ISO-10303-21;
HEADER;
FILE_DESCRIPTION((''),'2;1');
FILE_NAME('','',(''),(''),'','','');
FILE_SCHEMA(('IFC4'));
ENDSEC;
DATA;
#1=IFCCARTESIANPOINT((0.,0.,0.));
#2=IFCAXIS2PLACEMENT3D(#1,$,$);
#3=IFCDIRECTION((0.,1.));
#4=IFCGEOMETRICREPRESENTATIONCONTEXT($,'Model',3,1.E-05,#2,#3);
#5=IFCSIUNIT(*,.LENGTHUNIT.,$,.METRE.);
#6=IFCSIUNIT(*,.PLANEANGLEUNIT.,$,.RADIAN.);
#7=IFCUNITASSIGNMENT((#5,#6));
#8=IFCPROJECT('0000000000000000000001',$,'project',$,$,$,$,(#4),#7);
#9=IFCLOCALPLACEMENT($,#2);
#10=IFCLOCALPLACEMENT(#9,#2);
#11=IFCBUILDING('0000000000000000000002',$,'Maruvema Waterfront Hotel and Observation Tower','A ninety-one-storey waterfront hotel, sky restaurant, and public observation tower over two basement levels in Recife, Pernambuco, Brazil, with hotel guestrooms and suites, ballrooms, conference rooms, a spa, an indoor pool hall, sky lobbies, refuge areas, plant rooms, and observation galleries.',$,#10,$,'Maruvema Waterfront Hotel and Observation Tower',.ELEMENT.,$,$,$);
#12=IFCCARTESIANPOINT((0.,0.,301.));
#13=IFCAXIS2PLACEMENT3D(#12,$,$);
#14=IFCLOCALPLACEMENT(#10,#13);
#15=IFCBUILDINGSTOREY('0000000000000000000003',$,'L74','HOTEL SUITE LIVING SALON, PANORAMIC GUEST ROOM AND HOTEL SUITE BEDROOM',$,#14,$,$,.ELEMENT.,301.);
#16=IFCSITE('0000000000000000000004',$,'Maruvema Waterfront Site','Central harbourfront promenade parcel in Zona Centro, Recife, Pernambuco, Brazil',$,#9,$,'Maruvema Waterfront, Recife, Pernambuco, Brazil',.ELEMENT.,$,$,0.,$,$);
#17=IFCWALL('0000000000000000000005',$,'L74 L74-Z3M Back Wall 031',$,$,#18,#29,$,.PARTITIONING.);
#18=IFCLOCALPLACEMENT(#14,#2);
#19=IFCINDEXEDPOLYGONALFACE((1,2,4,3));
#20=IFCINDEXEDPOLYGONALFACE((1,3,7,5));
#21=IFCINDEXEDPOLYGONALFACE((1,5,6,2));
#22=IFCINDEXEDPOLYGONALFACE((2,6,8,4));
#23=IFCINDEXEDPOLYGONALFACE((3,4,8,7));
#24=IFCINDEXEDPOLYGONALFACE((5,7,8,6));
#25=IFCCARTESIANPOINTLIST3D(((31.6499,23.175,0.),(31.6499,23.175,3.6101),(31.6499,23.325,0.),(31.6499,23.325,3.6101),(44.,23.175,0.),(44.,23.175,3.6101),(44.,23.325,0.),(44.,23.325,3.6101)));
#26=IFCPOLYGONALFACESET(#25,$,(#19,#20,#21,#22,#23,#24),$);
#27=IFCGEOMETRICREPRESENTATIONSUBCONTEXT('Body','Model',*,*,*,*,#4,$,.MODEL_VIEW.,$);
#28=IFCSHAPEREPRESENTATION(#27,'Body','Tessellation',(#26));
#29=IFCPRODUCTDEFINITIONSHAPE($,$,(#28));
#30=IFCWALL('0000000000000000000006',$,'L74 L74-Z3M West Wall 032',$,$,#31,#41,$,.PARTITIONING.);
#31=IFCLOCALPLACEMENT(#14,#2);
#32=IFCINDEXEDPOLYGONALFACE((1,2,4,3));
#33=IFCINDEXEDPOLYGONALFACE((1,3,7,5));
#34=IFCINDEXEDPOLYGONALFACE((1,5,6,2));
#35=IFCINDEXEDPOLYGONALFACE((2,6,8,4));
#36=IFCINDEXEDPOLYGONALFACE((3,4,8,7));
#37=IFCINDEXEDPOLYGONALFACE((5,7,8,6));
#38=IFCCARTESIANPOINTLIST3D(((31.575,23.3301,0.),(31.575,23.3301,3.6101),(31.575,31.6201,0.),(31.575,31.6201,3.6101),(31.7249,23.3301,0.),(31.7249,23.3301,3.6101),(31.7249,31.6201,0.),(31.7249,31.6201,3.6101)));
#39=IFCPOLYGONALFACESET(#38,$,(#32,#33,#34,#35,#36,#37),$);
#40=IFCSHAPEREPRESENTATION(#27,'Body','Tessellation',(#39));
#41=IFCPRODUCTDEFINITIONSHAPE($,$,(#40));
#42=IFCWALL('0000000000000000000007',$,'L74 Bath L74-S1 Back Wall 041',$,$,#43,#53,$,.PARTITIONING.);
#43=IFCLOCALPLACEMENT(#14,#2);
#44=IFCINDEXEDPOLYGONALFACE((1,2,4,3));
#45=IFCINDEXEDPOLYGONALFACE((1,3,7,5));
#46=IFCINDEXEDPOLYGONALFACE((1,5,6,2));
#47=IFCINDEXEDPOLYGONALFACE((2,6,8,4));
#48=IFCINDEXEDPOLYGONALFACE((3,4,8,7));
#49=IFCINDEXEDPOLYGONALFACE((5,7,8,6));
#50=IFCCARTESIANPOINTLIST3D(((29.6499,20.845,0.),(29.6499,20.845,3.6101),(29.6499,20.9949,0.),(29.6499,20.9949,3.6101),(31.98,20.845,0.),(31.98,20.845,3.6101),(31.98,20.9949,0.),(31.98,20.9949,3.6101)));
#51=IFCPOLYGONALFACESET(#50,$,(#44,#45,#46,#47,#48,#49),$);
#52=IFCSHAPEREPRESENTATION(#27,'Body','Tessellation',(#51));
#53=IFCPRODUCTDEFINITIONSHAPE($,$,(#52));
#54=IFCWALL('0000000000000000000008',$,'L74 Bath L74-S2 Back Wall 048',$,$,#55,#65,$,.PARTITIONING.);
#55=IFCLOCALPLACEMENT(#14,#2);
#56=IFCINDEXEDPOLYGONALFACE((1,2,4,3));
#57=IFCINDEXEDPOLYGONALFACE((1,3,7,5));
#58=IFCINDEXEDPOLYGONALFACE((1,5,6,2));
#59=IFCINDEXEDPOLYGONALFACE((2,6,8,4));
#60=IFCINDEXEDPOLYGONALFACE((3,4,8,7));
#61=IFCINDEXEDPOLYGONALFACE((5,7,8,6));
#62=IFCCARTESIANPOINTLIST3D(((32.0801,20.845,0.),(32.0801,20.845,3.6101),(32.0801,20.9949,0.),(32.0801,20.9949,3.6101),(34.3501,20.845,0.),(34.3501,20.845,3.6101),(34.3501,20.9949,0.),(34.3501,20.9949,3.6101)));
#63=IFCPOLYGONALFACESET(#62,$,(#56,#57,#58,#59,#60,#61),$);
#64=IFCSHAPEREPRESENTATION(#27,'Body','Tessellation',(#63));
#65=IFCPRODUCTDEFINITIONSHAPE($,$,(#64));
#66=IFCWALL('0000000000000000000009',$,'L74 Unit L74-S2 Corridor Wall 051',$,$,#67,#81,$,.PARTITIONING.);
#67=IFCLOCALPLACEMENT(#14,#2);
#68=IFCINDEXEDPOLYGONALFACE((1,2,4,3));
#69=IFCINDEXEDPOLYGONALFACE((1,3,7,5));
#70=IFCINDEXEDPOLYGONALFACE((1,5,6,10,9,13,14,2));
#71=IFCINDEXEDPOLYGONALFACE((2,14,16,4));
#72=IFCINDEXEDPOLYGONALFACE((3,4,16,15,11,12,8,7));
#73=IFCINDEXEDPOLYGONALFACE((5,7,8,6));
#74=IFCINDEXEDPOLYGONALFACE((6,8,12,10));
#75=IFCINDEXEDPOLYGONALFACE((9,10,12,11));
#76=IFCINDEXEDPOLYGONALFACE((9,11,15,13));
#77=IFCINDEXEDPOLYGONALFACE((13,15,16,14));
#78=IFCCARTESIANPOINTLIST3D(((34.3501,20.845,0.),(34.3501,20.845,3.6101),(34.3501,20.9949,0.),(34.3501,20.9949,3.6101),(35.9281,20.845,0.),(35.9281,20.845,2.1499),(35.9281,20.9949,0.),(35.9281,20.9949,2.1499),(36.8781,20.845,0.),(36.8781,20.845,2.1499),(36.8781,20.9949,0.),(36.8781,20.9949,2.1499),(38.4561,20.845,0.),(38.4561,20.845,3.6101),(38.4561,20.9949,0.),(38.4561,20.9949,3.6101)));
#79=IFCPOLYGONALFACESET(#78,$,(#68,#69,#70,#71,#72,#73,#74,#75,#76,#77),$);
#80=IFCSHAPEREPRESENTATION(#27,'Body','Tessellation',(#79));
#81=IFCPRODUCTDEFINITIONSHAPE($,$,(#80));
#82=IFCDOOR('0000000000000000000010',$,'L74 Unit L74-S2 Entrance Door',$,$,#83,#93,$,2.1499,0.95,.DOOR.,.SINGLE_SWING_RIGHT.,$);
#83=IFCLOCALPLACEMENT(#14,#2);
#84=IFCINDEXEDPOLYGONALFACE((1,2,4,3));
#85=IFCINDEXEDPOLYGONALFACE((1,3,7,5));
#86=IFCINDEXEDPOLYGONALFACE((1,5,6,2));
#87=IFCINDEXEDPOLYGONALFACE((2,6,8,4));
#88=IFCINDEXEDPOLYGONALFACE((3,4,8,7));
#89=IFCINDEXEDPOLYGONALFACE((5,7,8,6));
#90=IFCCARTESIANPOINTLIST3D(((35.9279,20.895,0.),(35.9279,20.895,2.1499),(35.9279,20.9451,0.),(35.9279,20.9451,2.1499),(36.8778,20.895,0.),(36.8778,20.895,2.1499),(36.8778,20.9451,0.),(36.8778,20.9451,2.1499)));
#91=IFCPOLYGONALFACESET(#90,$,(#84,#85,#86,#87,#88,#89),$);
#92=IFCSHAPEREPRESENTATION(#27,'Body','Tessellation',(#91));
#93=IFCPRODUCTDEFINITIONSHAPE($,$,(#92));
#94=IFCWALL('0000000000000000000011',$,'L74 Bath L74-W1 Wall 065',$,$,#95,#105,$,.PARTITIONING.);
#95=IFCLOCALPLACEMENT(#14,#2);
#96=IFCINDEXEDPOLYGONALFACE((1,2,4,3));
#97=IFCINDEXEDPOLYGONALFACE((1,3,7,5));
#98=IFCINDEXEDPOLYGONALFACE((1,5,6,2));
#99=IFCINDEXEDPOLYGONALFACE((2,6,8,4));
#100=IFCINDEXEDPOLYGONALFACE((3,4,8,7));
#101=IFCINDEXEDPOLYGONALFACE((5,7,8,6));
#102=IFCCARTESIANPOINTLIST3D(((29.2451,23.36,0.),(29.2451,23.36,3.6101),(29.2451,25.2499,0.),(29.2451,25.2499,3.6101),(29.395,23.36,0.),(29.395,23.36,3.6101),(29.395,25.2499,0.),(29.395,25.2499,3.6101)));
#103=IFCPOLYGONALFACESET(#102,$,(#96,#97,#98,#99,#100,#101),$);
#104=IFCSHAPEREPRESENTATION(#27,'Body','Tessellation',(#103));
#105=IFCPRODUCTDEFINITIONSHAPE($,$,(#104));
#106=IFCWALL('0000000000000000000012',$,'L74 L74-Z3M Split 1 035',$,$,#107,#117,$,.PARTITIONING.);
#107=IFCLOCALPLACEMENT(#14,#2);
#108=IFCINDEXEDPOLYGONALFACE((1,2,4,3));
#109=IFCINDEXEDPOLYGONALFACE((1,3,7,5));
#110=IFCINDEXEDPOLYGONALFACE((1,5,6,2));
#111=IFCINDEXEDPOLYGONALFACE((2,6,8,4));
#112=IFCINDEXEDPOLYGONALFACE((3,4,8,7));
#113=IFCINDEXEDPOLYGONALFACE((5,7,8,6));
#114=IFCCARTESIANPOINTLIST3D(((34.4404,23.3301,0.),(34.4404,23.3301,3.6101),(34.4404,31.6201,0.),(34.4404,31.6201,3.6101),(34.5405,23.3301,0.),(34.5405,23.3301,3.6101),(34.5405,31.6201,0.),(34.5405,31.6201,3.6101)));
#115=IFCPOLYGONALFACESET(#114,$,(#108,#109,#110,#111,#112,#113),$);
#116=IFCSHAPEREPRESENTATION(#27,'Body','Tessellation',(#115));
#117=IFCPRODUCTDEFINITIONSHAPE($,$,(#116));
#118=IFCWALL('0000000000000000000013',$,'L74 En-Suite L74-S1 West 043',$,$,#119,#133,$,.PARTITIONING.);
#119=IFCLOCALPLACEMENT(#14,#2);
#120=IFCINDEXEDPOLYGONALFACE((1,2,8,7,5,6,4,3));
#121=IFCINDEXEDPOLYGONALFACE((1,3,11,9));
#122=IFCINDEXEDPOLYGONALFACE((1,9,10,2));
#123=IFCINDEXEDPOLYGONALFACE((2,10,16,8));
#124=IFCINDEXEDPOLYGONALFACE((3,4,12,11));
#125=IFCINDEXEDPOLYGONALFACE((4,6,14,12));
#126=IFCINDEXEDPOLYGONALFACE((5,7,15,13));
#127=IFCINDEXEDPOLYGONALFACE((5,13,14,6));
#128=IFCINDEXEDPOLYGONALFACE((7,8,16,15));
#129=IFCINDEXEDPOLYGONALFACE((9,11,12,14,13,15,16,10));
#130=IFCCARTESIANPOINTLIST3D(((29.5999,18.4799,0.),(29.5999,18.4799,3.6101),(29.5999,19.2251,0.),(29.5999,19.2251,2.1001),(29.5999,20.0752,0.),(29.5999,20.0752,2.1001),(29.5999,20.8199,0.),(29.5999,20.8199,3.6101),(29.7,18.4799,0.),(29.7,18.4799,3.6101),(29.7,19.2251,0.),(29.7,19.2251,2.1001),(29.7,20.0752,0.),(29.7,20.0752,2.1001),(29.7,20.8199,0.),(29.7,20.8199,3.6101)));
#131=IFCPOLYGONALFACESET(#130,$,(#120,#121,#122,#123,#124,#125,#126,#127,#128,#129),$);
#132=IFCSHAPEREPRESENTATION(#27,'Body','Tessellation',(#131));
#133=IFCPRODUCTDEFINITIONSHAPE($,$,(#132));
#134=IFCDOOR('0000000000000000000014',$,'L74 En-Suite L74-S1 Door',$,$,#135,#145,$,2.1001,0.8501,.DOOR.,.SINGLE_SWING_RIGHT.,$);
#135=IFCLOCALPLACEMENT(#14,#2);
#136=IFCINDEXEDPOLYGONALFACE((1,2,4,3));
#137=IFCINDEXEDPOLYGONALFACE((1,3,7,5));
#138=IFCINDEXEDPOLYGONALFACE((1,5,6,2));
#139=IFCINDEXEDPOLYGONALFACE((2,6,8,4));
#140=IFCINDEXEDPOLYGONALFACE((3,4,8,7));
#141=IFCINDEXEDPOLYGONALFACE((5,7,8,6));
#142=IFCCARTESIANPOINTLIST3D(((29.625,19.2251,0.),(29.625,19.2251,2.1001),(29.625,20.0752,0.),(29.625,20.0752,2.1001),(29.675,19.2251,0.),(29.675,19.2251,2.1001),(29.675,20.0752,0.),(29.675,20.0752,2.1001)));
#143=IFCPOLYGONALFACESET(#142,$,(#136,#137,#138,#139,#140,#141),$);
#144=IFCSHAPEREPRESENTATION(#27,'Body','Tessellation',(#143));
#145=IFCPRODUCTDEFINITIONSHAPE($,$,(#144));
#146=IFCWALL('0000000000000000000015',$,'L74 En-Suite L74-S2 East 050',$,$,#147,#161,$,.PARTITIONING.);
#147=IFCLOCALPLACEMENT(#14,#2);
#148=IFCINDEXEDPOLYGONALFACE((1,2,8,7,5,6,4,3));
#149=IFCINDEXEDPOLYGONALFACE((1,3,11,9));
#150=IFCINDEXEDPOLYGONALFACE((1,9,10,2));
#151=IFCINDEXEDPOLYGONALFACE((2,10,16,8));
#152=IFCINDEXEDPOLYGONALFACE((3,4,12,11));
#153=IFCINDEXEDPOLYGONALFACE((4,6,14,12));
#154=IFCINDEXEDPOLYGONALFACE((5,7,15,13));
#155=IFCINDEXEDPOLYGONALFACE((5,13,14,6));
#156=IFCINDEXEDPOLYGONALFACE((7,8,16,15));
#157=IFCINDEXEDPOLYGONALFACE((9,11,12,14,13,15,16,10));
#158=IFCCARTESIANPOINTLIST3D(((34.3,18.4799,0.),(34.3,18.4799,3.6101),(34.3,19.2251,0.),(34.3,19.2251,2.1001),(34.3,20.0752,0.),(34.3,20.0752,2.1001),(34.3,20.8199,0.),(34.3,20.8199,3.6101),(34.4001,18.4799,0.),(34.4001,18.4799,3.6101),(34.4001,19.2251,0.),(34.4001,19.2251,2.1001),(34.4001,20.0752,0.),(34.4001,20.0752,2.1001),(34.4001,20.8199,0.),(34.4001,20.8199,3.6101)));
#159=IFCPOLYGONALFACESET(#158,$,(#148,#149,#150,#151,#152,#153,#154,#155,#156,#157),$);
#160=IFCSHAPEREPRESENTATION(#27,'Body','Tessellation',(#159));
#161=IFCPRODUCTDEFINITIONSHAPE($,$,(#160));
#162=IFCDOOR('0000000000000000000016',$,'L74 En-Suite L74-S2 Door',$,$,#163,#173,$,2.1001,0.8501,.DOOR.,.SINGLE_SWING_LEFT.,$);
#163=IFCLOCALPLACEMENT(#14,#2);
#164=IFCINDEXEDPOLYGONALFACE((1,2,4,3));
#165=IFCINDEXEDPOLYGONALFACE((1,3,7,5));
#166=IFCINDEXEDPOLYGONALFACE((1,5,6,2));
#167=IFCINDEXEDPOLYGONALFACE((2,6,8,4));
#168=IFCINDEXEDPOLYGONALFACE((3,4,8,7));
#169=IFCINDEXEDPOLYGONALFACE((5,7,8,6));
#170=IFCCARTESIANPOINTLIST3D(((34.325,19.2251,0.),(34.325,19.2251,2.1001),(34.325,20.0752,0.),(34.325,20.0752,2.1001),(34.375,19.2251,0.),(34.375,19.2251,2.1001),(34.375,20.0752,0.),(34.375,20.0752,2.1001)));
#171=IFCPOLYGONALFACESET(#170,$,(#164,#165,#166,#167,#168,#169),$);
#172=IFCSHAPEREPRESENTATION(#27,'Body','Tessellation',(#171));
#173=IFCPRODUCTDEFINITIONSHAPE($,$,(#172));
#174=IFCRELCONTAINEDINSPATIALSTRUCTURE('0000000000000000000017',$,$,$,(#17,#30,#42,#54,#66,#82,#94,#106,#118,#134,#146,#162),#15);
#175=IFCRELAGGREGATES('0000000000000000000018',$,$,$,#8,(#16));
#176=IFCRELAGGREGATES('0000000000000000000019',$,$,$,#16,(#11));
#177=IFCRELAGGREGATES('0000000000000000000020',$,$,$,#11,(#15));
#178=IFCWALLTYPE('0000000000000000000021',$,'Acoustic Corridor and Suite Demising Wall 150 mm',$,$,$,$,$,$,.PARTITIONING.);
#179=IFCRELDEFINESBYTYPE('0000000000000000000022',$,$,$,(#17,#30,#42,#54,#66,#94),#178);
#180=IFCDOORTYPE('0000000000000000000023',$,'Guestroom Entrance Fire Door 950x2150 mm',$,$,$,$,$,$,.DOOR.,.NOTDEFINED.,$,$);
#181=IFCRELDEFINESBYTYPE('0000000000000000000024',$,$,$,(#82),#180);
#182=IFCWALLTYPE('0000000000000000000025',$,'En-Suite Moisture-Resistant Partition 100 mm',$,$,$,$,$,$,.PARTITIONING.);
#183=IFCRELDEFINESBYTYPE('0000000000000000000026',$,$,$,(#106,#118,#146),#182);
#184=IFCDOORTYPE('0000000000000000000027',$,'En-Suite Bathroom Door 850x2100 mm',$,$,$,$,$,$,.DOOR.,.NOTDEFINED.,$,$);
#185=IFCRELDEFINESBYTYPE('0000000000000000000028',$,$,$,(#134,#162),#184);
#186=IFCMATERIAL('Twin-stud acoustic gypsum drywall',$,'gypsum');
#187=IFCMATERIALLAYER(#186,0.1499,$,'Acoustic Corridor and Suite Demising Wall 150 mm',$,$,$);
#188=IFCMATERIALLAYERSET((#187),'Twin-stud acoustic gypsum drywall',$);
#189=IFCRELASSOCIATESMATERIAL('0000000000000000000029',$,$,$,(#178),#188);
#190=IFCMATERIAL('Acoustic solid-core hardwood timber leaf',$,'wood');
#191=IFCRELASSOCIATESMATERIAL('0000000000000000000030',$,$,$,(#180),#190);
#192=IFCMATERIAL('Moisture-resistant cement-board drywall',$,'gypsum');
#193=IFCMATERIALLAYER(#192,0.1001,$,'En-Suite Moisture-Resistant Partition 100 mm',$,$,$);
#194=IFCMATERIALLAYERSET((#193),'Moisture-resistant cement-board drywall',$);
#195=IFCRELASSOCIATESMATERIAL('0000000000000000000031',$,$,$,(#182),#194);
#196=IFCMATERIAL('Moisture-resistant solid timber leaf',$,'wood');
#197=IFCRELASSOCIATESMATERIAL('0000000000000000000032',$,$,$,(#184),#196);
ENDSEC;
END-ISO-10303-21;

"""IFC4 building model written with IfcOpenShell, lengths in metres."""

from ifc_helpers import new_model, si_unit, direction, frame, frame_2d, origin, place, context, subcontext, project, spatial, rectangle, extrude, material, layer, layer_set, type_object, element, fill, save


model = new_model("IFC4")

# Units and contexts
model_context = context("Model", 3, precision=1e-05, world=origin(), true_north=direction((0.0, 1.0)))
body_context = subcontext(model_context, "Body", "Model", "MODEL_VIEW")
ifc_project = project(units=[si_unit("LENGTHUNIT", "METRE"), si_unit("PLANEANGLEUNIT", "RADIAN")], contexts=[model_context])

# Site, building, storey
site_placement = place(None, origin())
site = spatial("IfcSite", under=ifc_project, at=site_placement, Name="Maruvema Waterfront Site", Description="Central harbourfront promenade parcel in Zona Centro, Recife, Pernambuco, Brazil", LongName="Maruvema Waterfront, Recife, Pernambuco, Brazil", CompositionType="ELEMENT", RefElevation=0.0)
building_placement = place(site_placement, origin())
building = spatial("IfcBuilding", under=site, at=building_placement, Name="Maruvema Waterfront Hotel and Observation Tower", Description="A ninety-one-storey waterfront hotel, sky restaurant, and public observation tower over two basement levels in Recife, Pernambuco, Brazil, with hotel guestrooms and suites, ballrooms, conference rooms, a spa, an indoor pool hall, sky lobbies, refuge areas, plant rooms, and observation galleries.", LongName="Maruvema Waterfront Hotel and Observation Tower", CompositionType="ELEMENT")
storey_placement = place(building_placement, frame((0.0, 0.0, 301.0)))
storey = spatial("IfcBuildingStorey", under=building, at=storey_placement, Name="L74", Description="HOTEL SUITE LIVING SALON, PANORAMIC GUEST ROOM AND HOTEL SUITE BEDROOM", CompositionType="ELEMENT", Elevation=301.0)

# Walls
ifc_material_1 = material(Name="Twin-stud acoustic gypsum drywall", Category="gypsum")
ifc_layer_1 = layer(ifc_material_1, 0.1499, Name="Acoustic Corridor and Suite Demising Wall 150 mm")
ifc_layer_set_1 = layer_set([ifc_layer_1], Name="Twin-stud acoustic gypsum drywall")
wall_type_1 = type_object("IfcWallType", Name="Acoustic Corridor and Suite Demising Wall 150 mm", PredefinedType="PARTITIONING", material=ifc_layer_set_1)
wall_1_placement = place(storey_placement, frame((31.6499, 23.25, 0.0), z_axis=(0.0, 0.0, 1.0), x_axis=(1.0, 0.0, 0.0)))
element("IfcWall", 1, at=wall_1_placement, inside=storey, type_object=wall_type_1, Name="L74 L74-Z3M Back Wall 031", PredefinedType="PARTITIONING", context=body_context, shape_type="SweptSolid", body=[
    extrude(rectangle(XDim=12.3501, YDim=0.1499, at=frame_2d((6.175, 0.0))), origin(), (0.0, 0.0, 1.0), 3.6101),
])
wall_2_placement = place(storey_placement, frame((31.6499, 23.3301, 0.0), z_axis=(0.0, 0.0, 1.0), x_axis=(0.0, 1.0, 0.0)))
element("IfcWall", 2, at=wall_2_placement, inside=storey, type_object=wall_type_1, Name="L74 L74-Z3M West Wall 032", PredefinedType="PARTITIONING", context=body_context, shape_type="SweptSolid", body=[
    extrude(rectangle(XDim=8.29, YDim=0.1499, at=frame_2d((4.145, 0.0))), origin(), (0.0, 0.0, 1.0), 3.6101),
])
wall_3_placement = place(storey_placement, frame((29.6499, 20.9199, 0.0), z_axis=(0.0, 0.0, 1.0), x_axis=(1.0, 0.0, 0.0)))
element("IfcWall", 3, at=wall_3_placement, inside=storey, type_object=wall_type_1, Name="L74 Bath L74-S1 Back Wall 041", PredefinedType="PARTITIONING", context=body_context, shape_type="SweptSolid", body=[
    extrude(rectangle(XDim=2.3301, YDim=0.1499, at=frame_2d((1.165, 0.0))), origin(), (0.0, 0.0, 1.0), 3.6101),
])

# Shared definitions
ifc_material_2 = material(Name="Acoustic solid-core hardwood timber leaf", Category="wood")
door_type_1 = type_object("IfcDoorType", Name="Guestroom Entrance Fire Door 950x2150 mm", OperationType="NOTDEFINED", PredefinedType="DOOR", material=ifc_material_2)

# Wall
wall_4_placement = place(storey_placement, frame((32.0801, 20.9199, 0.0), z_axis=(0.0, 0.0, 1.0), x_axis=(1.0, 0.0, 0.0)))
element("IfcWall", 4, at=wall_4_placement, inside=storey, type_object=wall_type_1, Name="L74 Bath L74-S2 Back Wall 048", PredefinedType="PARTITIONING", context=body_context, shape_type="SweptSolid", body=[
    extrude(rectangle(XDim=2.27, YDim=0.1499, at=frame_2d((1.135, 0.0))), origin(), (0.0, 0.0, 1.0), 3.6101),
])

# Wall, opening, door
wall_5_placement = place(storey_placement, frame((34.3501, 20.9199, 0.0), z_axis=(0.0, 0.0, 1.0), x_axis=(1.0, 0.0, 0.0)))
wall_5 = element("IfcWall", 5, at=wall_5_placement, inside=storey, type_object=wall_type_1, Name="L74 Unit L74-S2 Corridor Wall 051", PredefinedType="PARTITIONING", context=body_context, shape_type="SweptSolid", body=[
    extrude(rectangle(XDim=4.106, YDim=0.1499, at=frame_2d((2.053, 0.0))), origin(), (0.0, 0.0, 1.0), 3.6101),
])
opening_1_placement = place(wall_5_placement, frame((1.5779, 0.0, 0.0)))
opening_1 = element("IfcOpeningElement", 6, at=opening_1_placement, cuts=wall_5, PredefinedType="OPENING", context=body_context, shape_type="SweptSolid", body=[
    extrude(rectangle(XDim=0.95, YDim=2.1499, at=frame_2d((0.4751, 1.075))), frame((0.0, 0.085, 0.0), z_axis=(0.0, -1.0, 0.0), x_axis=(1.0, 0.0, 0.0)), (0.0, 0.0, 1.0), 0.1699),
])
door_1_placement = place(opening_1_placement, frame((0.95, 0.0, 0.0), z_axis=(0.0, 0.0, 1.0), x_axis=(-1.0, 0.0, 0.0)))
door_1 = element("IfcDoor", 7, at=door_1_placement, inside=storey, type_object=door_type_1, Name="L74 Unit L74-S2 Entrance Door", OperationType="SINGLE_SWING_RIGHT", OverallHeight=2.1499, OverallWidth=0.95, PredefinedType="DOOR", context=body_context, shape_type="SweptSolid", body=[
    extrude(rectangle(XDim=0.95, YDim=2.1499, at=frame_2d((0.4751, 1.075))), frame((0.0, 0.0249, 0.0), z_axis=(0.0, -1.0, 0.0), x_axis=(1.0, 0.0, 0.0)), (0.0, 0.0, 1.0), 0.05),
])
fill(opening_1, door_1)

# Walls
wall_6_placement = place(storey_placement, frame((29.3201, 23.3601, 0.0), z_axis=(0.0, 0.0, 1.0), x_axis=(0.0, 1.0, 0.0)))
element("IfcWall", 8, at=wall_6_placement, inside=storey, type_object=wall_type_1, Name="L74 Bath L74-W1 Wall 065", PredefinedType="PARTITIONING", context=body_context, shape_type="SweptSolid", body=[
    extrude(rectangle(XDim=1.8899, YDim=0.1499, at=frame_2d((0.9448, 0.0))), origin(), (0.0, 0.0, 1.0), 3.6101),
])
ifc_material_3 = material(Name="Moisture-resistant cement-board drywall", Category="gypsum")
ifc_layer_2 = layer(ifc_material_3, 0.1001, Name="En-Suite Moisture-Resistant Partition 100 mm")
ifc_layer_set_2 = layer_set([ifc_layer_2], Name="Moisture-resistant cement-board drywall")
wall_type_2 = type_object("IfcWallType", Name="En-Suite Moisture-Resistant Partition 100 mm", PredefinedType="PARTITIONING", material=ifc_layer_set_2)
wall_7_placement = place(storey_placement, frame((34.4905, 23.3301, 0.0), z_axis=(0.0, 0.0, 1.0), x_axis=(0.0, 1.0, 0.0)))
element("IfcWall", 9, at=wall_7_placement, inside=storey, type_object=wall_type_2, Name="L74 L74-Z3M Split 1 035", PredefinedType="PARTITIONING", context=body_context, shape_type="SweptSolid", body=[
    extrude(rectangle(XDim=8.29, YDim=0.1001, at=frame_2d((4.145, 0.0))), origin(), (0.0, 0.0, 1.0), 3.6101),
])

# Walls, openings, doors
wall_8_placement = place(storey_placement, frame((29.6499, 18.48, 0.0), z_axis=(0.0, 0.0, 1.0), x_axis=(0.0, 1.0, 0.0)))
wall_8 = element("IfcWall", 10, at=wall_8_placement, inside=storey, type_object=wall_type_2, Name="L74 En-Suite L74-S1 West 043", PredefinedType="PARTITIONING", context=body_context, shape_type="SweptSolid", body=[
    extrude(rectangle(XDim=2.3401, YDim=0.1001, at=frame_2d((1.1699, 0.0))), origin(), (0.0, 0.0, 1.0), 3.6101),
])
opening_2_placement = place(wall_8_placement, frame((0.7451, 0.0, 0.0)))
opening_2 = element("IfcOpeningElement", 11, at=opening_2_placement, cuts=wall_8, PredefinedType="OPENING", context=body_context, shape_type="SweptSolid", body=[
    extrude(rectangle(XDim=0.8501, YDim=2.1001, at=frame_2d((0.425, 1.05))), frame((0.0, 0.0601, 0.0), z_axis=(0.0, -1.0, 0.0), x_axis=(1.0, 0.0, 0.0)), (0.0, 0.0, 1.0), 0.1201),
])
ifc_material_4 = material(Name="Moisture-resistant solid timber leaf", Category="wood")
door_type_2 = type_object("IfcDoorType", Name="En-Suite Bathroom Door 850x2100 mm", OperationType="NOTDEFINED", PredefinedType="DOOR", material=ifc_material_4)
door_2_placement = place(opening_2_placement, origin())
door_2 = element("IfcDoor", 12, at=door_2_placement, inside=storey, type_object=door_type_2, Name="L74 En-Suite L74-S1 Door", OperationType="SINGLE_SWING_RIGHT", OverallHeight=2.1001, OverallWidth=0.8501, PredefinedType="DOOR", context=body_context, shape_type="SweptSolid", body=[
    extrude(rectangle(XDim=0.8501, YDim=2.1001, at=frame_2d((0.425, 1.05))), frame((0.0, 0.0249, 0.0), z_axis=(0.0, -1.0, 0.0), x_axis=(1.0, 0.0, 0.0)), (0.0, 0.0, 1.0), 0.05),
])
fill(opening_2, door_2)
wall_9_placement = place(storey_placement, frame((34.3501, 18.48, 0.0), z_axis=(0.0, 0.0, 1.0), x_axis=(0.0, 1.0, 0.0)))
wall_9 = element("IfcWall", 13, at=wall_9_placement, inside=storey, type_object=wall_type_2, Name="L74 En-Suite L74-S2 East 050", PredefinedType="PARTITIONING", context=body_context, shape_type="SweptSolid", body=[
    extrude(rectangle(XDim=2.3401, YDim=0.1001, at=frame_2d((1.1699, 0.0))), origin(), (0.0, 0.0, 1.0), 3.6101),
])
opening_3_placement = place(wall_9_placement, frame((0.7451, 0.0, 0.0)))
opening_3 = element("IfcOpeningElement", 14, at=opening_3_placement, cuts=wall_9, PredefinedType="OPENING", context=body_context, shape_type="SweptSolid", body=[
    extrude(rectangle(XDim=0.8501, YDim=2.1001, at=frame_2d((0.425, 1.05))), frame((0.0, 0.0601, 0.0), z_axis=(0.0, -1.0, 0.0), x_axis=(1.0, 0.0, 0.0)), (0.0, 0.0, 1.0), 0.1201),
])
door_3_placement = place(opening_3_placement, frame((0.8501, 0.0, 0.0), z_axis=(0.0, 0.0, 1.0), x_axis=(-1.0, 0.0, 0.0)))
door_3 = element("IfcDoor", 15, at=door_3_placement, inside=storey, type_object=door_type_2, Name="L74 En-Suite L74-S2 Door", OperationType="SINGLE_SWING_LEFT", OverallHeight=2.1001, OverallWidth=0.8501, PredefinedType="DOOR", context=body_context, shape_type="SweptSolid", body=[
    extrude(rectangle(XDim=0.8501, YDim=2.1001, at=frame_2d((0.425, 1.05))), frame((0.0, 0.0249, 0.0), z_axis=(0.0, -1.0, 0.0), x_axis=(1.0, 0.0, 0.0)), (0.0, 0.0, 1.0), 0.05),
])
fill(opening_3, door_3)

save(model, "model.ifc")
